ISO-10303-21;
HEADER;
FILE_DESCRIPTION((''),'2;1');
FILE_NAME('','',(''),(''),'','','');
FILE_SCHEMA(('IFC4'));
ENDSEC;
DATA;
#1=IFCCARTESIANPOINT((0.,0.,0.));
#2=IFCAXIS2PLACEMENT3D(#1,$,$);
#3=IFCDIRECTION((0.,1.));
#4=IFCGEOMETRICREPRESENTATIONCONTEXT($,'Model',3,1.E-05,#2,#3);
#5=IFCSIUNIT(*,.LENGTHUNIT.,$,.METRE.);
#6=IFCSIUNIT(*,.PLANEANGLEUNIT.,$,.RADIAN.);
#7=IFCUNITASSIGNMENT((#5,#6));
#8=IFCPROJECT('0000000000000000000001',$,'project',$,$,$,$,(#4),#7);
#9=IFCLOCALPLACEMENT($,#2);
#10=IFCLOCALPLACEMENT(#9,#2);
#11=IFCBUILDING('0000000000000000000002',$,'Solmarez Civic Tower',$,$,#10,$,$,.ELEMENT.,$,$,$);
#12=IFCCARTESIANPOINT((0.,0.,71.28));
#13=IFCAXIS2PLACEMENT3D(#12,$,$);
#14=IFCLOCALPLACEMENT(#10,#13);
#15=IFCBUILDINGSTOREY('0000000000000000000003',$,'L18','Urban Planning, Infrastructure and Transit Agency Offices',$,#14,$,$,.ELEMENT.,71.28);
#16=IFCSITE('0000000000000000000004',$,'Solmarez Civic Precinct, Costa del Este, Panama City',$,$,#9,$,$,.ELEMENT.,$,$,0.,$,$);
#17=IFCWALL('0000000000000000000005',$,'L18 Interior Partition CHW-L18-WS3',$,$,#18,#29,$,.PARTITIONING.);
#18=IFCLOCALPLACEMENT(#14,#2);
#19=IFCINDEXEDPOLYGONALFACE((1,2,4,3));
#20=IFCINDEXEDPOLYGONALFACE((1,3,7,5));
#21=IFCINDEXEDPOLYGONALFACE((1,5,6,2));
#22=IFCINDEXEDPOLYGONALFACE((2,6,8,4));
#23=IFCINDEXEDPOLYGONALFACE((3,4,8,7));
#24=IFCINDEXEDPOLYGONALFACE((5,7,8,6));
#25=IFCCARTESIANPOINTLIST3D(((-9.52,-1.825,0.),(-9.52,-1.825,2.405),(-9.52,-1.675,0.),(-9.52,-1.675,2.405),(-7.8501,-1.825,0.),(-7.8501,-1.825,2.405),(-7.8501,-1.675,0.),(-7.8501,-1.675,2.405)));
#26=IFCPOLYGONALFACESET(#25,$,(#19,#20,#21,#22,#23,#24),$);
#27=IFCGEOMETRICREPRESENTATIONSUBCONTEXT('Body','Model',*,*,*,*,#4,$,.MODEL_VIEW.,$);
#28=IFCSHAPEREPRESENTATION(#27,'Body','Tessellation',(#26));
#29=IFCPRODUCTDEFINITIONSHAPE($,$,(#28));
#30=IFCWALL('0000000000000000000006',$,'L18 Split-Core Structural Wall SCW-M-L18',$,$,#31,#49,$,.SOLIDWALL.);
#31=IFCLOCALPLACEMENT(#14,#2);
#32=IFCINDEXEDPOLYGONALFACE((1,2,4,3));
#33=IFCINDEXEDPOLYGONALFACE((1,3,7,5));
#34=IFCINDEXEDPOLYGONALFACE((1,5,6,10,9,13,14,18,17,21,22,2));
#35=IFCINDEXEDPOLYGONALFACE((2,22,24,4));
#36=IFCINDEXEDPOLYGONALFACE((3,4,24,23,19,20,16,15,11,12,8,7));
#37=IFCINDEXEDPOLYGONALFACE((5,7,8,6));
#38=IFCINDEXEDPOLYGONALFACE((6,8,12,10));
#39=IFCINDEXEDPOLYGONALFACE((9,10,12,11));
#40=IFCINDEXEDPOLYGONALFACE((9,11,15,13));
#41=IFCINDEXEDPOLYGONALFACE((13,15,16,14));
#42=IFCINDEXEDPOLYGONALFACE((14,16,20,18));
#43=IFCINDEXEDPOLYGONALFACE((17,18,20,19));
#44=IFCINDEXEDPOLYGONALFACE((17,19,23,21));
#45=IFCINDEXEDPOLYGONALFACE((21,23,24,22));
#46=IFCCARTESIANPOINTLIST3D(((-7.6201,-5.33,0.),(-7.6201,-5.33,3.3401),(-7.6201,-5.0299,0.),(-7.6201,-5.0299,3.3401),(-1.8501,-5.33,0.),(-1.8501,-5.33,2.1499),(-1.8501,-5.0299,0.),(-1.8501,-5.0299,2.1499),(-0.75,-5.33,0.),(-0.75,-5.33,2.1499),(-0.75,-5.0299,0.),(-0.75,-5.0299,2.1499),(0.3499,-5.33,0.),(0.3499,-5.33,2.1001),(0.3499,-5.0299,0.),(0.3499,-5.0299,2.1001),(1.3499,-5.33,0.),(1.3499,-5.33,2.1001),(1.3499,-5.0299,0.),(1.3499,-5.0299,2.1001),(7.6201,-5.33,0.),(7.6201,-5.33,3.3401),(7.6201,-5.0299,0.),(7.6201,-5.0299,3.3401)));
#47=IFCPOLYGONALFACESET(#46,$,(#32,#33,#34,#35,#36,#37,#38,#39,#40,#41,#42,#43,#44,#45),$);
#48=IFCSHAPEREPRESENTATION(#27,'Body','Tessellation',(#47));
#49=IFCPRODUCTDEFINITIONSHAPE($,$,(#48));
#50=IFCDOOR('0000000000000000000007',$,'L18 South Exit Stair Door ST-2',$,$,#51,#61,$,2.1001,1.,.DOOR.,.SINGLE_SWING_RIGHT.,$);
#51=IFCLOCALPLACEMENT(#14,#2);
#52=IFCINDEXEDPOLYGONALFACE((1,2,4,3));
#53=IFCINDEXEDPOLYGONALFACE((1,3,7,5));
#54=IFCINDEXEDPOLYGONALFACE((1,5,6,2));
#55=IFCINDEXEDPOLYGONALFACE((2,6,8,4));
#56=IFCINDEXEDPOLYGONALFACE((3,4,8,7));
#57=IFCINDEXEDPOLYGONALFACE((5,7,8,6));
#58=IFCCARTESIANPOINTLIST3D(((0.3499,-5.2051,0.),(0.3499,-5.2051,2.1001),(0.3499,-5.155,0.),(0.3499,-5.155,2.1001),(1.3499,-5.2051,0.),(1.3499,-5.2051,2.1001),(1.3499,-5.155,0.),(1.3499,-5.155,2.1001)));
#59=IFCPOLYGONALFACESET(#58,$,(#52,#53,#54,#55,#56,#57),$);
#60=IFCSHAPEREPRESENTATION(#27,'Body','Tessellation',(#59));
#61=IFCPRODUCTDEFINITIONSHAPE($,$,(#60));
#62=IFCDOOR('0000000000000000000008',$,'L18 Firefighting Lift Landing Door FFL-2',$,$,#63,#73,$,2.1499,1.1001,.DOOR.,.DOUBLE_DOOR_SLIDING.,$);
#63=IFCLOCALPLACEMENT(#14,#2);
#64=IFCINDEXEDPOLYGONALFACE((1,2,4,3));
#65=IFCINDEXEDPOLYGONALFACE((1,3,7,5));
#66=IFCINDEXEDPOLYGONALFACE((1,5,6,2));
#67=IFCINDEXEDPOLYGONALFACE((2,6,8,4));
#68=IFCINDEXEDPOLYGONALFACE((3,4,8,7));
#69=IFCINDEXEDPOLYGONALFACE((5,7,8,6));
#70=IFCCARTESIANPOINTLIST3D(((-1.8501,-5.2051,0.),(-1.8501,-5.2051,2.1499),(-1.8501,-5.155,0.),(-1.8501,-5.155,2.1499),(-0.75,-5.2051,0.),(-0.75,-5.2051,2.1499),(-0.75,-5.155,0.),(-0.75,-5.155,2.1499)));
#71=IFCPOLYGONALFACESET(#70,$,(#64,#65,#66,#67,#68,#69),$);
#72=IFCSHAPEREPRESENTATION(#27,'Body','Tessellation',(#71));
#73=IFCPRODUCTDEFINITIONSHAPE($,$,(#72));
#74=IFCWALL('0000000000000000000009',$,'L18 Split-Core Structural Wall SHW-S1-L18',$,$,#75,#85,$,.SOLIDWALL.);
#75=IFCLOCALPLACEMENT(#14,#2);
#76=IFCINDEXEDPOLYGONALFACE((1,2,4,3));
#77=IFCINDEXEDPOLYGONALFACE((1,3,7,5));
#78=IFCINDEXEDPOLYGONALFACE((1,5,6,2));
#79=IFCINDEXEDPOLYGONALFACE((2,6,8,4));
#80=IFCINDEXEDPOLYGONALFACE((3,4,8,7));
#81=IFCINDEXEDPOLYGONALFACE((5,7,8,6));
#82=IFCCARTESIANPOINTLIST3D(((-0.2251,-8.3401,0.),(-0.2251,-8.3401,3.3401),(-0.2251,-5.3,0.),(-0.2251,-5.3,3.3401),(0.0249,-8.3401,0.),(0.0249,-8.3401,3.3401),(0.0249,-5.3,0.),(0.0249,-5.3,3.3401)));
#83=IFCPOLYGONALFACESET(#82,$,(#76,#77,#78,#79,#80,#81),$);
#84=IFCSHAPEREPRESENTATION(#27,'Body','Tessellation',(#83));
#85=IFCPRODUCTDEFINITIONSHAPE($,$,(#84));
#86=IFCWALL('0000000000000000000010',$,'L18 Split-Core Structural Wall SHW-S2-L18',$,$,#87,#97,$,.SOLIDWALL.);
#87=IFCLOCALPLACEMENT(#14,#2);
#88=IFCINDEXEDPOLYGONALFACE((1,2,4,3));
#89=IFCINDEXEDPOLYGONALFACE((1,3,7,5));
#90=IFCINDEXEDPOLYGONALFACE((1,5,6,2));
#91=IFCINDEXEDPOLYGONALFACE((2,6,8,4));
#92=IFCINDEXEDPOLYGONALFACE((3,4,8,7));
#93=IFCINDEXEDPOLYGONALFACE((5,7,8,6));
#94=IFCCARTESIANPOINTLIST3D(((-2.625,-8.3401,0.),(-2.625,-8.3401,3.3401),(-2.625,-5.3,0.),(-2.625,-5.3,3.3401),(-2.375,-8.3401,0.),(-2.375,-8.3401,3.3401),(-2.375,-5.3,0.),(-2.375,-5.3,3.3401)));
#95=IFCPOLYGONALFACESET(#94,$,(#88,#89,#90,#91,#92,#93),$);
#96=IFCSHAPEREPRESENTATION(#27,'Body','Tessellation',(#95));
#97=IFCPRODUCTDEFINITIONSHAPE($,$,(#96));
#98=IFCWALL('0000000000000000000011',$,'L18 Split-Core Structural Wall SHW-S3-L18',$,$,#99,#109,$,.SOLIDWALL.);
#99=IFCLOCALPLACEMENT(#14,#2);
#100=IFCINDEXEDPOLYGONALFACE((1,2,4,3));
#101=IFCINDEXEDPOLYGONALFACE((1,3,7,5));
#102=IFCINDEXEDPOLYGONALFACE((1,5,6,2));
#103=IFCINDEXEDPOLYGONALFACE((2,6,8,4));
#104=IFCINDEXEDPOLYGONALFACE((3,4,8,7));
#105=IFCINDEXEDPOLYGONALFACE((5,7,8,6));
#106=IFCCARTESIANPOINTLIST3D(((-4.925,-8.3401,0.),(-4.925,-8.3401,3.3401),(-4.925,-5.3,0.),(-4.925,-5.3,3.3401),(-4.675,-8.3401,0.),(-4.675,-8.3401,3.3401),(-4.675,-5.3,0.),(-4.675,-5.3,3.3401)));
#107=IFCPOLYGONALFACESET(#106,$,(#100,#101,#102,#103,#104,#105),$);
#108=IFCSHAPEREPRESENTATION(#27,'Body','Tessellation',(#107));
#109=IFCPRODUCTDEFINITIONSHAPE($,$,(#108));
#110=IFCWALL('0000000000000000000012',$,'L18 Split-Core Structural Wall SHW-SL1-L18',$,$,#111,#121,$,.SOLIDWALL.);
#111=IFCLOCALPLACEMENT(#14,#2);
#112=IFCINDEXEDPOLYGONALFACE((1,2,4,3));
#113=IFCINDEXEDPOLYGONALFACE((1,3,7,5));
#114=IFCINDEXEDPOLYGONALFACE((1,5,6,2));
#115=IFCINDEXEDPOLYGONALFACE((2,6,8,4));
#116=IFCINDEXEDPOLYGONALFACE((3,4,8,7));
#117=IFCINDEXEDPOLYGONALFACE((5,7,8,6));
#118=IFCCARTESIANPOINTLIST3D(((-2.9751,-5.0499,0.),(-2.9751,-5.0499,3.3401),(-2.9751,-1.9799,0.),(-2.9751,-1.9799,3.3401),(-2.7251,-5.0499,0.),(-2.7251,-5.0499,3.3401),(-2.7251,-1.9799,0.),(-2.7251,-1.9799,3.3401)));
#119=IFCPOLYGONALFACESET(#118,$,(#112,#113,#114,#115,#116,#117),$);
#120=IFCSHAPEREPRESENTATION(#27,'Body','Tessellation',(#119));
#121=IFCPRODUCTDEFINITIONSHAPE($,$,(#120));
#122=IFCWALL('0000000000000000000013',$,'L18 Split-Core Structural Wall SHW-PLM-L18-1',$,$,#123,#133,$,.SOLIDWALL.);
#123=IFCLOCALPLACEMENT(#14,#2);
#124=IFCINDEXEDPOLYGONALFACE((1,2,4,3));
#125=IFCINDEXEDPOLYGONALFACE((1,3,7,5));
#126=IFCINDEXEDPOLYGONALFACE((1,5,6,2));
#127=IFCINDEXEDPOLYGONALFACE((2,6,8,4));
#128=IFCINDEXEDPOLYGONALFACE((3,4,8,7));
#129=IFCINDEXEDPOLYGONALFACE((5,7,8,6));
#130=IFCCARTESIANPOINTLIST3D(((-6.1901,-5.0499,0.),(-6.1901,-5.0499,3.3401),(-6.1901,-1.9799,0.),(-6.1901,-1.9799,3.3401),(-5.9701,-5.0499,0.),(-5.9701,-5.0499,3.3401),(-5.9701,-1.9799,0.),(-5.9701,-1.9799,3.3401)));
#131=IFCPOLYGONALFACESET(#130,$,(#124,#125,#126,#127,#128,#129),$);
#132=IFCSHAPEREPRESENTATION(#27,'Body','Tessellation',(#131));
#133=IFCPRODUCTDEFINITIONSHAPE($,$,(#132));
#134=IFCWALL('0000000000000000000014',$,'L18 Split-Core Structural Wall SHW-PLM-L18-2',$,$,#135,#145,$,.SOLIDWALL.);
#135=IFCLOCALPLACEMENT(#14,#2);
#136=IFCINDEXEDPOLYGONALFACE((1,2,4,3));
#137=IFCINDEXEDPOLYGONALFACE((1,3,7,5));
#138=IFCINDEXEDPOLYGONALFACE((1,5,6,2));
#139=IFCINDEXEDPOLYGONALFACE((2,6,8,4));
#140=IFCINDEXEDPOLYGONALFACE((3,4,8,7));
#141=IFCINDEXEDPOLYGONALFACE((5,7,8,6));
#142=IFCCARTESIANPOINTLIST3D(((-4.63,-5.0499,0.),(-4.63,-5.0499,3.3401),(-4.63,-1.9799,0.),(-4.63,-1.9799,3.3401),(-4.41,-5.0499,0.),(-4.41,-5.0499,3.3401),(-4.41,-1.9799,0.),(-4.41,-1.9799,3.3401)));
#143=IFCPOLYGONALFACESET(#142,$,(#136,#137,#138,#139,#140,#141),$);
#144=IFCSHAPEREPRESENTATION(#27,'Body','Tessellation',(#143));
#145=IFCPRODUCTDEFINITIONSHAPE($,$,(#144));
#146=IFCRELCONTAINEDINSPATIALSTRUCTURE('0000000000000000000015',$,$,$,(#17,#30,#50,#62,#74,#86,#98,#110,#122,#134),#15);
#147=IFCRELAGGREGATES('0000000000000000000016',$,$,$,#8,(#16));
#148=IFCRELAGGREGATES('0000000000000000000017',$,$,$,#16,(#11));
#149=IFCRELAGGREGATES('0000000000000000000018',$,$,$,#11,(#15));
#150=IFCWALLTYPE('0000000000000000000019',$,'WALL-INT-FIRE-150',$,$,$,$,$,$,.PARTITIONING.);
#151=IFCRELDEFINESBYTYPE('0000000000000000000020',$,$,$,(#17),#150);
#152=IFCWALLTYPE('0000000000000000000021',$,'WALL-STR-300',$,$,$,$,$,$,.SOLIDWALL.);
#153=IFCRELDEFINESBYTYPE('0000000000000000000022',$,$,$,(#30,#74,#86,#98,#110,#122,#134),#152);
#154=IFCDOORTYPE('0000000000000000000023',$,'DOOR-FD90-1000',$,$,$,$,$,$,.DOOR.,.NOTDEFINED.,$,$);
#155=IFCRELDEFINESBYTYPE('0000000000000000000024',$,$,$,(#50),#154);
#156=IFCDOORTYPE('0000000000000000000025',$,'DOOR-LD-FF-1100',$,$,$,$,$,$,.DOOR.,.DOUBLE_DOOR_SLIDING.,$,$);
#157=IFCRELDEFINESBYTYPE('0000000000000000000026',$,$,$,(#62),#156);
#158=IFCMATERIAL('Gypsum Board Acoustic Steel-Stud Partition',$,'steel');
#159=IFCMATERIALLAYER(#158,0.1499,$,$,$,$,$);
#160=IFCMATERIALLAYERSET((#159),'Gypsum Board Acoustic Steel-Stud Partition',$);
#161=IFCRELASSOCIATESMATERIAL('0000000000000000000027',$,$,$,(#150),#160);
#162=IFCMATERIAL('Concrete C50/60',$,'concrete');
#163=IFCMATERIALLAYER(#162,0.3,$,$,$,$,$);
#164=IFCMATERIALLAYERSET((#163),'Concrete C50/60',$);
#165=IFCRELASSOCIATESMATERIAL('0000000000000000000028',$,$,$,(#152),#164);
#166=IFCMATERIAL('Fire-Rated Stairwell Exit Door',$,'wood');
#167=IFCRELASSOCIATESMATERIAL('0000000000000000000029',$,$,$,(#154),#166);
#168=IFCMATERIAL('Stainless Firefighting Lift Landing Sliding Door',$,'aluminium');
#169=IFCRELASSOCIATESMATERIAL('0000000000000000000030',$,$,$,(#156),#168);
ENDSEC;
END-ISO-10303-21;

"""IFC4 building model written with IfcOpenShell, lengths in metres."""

from ifc_helpers import new_model, si_unit, direction, frame, frame_2d, origin, place, context, subcontext, project, spatial, rectangle, extrude, material, layer, layer_set, type_object, element, fill, save


model = new_model("IFC4")

# Units and contexts
model_context = context("Model", 3, precision=1e-05, world=origin(), true_north=direction((0.0, 1.0)))
body_context = subcontext(model_context, "Body", "Model", "MODEL_VIEW")
ifc_project = project(units=[si_unit("LENGTHUNIT", "METRE"), si_unit("PLANEANGLEUNIT", "RADIAN")], contexts=[model_context])

# Site, building, storey
site_placement = place(None, origin())
site = spatial("IfcSite", under=ifc_project, at=site_placement, Name="Solmarez Civic Precinct, Costa del Este, Panama City", CompositionType="ELEMENT", RefElevation=0.0)
building_placement = place(site_placement, origin())
building = spatial("IfcBuilding", under=site, at=building_placement, Name="Solmarez Civic Tower", CompositionType="ELEMENT")
storey_placement = place(building_placement, frame((0.0, 0.0, 71.28)))
storey = spatial("IfcBuildingStorey", under=building, at=storey_placement, Name="L18", Description="Urban Planning, Infrastructure and Transit Agency Offices", CompositionType="ELEMENT", Elevation=71.28)

# Shared definitions
ifc_material_1 = material(Name="Concrete C50/60", Category="concrete")

# Wall
ifc_material_2 = material(Name="Gypsum Board Acoustic Steel-Stud Partition", Category="steel")
ifc_layer_1 = layer(ifc_material_2, 0.1499)
ifc_layer_set_1 = layer_set([ifc_layer_1], Name="Gypsum Board Acoustic Steel-Stud Partition")
wall_type_1 = type_object("IfcWallType", Name="WALL-INT-FIRE-150", PredefinedType="PARTITIONING", material=ifc_layer_set_1)
wall_1_placement = place(storey_placement, frame((-7.8501, -1.75, 0.0), z_axis=(0.0, 0.0, 1.0), x_axis=(-1.0, 0.0, 0.0)))
element("IfcWall", 1, at=wall_1_placement, inside=storey, type_object=wall_type_1, Name="L18 Interior Partition CHW-L18-WS3", PredefinedType="PARTITIONING", context=body_context, shape_type="SweptSolid", body=[
    extrude(rectangle(XDim=1.6699, YDim=0.1499, at=frame_2d((0.835, 0.0))), origin(), (0.0, 0.0, 1.0), 2.405),
])

# Wall, openings, doors
ifc_layer_2 = layer(ifc_material_1, 0.3)
ifc_layer_set_2 = layer_set([ifc_layer_2], Name="Concrete C50/60")
wall_type_2 = type_object("IfcWallType", Name="WALL-STR-300", PredefinedType="SOLIDWALL", material=ifc_layer_set_2)
wall_2_placement = place(storey_placement, frame((-7.6201, -5.1799, 0.0), z_axis=(0.0, 0.0, 1.0), x_axis=(1.0, 0.0, 0.0)))
wall_2 = element("IfcWall", 2, at=wall_2_placement, inside=storey, type_object=wall_type_2, Name="L18 Split-Core Structural Wall SCW-M-L18", PredefinedType="SOLIDWALL", context=body_context, shape_type="SweptSolid", body=[
    extrude(rectangle(XDim=15.2402, YDim=0.3, at=frame_2d((7.6201, 0.0))), origin(), (0.0, 0.0, 1.0), 3.3401),
])
opening_1_placement = place(wall_2_placement, frame((5.77, 0.0, 0.0)))
opening_1 = element("IfcOpeningElement", 3, at=opening_1_placement, cuts=wall_2, PredefinedType="OPENING", context=body_context, shape_type="SweptSolid", body=[
    extrude(rectangle(XDim=1.1001, YDim=2.1499, at=frame_2d((0.55, 1.075))), frame((0.0, 0.1599, 0.0), z_axis=(0.0, -1.0, 0.0), x_axis=(1.0, 0.0, 0.0)), (0.0, 0.0, 1.0), 0.3201),
])
opening_2_placement = place(wall_2_placement, frame((7.97, 0.0, 0.0)))
opening_2 = element("IfcOpeningElement", 4, at=opening_2_placement, cuts=wall_2, PredefinedType="OPENING", context=body_context, shape_type="SweptSolid", body=[
    extrude(rectangle(XDim=1.0, YDim=2.1001, at=frame_2d((0.5, 1.05))), frame((0.0, 0.1599, 0.0), z_axis=(0.0, -1.0, 0.0), x_axis=(1.0, 0.0, 0.0)), (0.0, 0.0, 1.0), 0.3201),
])
ifc_material_3 = material(Name="Fire-Rated Stairwell Exit Door", Category="wood")
door_type_1 = type_object("IfcDoorType", Name="DOOR-FD90-1000", OperationType="NOTDEFINED", PredefinedType="DOOR", material=ifc_material_3)
door_1_placement = place(opening_2_placement, origin())
door_1 = element("IfcDoor", 5, at=door_1_placement, inside=storey, type_object=door_type_1, Name="L18 South Exit Stair Door ST-2", OperationType="SINGLE_SWING_RIGHT", OverallHeight=2.1001, OverallWidth=1.0, PredefinedType="DOOR", context=body_context, shape_type="SweptSolid", body=[
    extrude(rectangle(XDim=1.0, YDim=2.1001, at=frame_2d((0.5, 1.05))), frame((0.0, 0.0249, 0.0), z_axis=(0.0, -1.0, 0.0), x_axis=(1.0, 0.0, 0.0)), (0.0, 0.0, 1.0), 0.05),
])
fill(opening_2, door_1)
ifc_material_4 = material(Name="Stainless Firefighting Lift Landing Sliding Door", Category="aluminium")
door_type_2 = type_object("IfcDoorType", Name="DOOR-LD-FF-1100", OperationType="DOUBLE_DOOR_SLIDING", PredefinedType="DOOR", material=ifc_material_4)
door_2_placement = place(opening_1_placement, origin())
door_2 = element("IfcDoor", 6, at=door_2_placement, inside=storey, type_object=door_type_2, Name="L18 Firefighting Lift Landing Door FFL-2", OperationType="DOUBLE_DOOR_SLIDING", OverallHeight=2.1499, OverallWidth=1.1001, PredefinedType="DOOR", context=body_context, shape_type="SweptSolid", body=[
    extrude(rectangle(XDim=1.1001, YDim=2.1499, at=frame_2d((0.55, 1.075))), frame((0.0, 0.0249, 0.0), z_axis=(0.0, -1.0, 0.0), x_axis=(1.0, 0.0, 0.0)), (0.0, 0.0, 1.0), 0.05),
])
fill(opening_1, door_2)

# Walls
for number, where, z_axis, x_axis, name in (
    (7, (-0.1001, -8.3401, 0.0), (0.0, 0.0, 1.0), (0.0, 1.0, 0.0), "L18 Split-Core Structural Wall SHW-S1-L18"),
    (8, (-2.5, -8.3401, 0.0), (0.0, 0.0, 1.0), (0.0, 1.0, 0.0), "L18 Split-Core Structural Wall SHW-S2-L18"),
    (9, (-4.8, -8.3401, 0.0), (0.0, 0.0, 1.0), (0.0, 1.0, 0.0), "L18 Split-Core Structural Wall SHW-S3-L18"),
):
    element("IfcWall", number, at=place(storey_placement, frame(where, z_axis=z_axis, x_axis=x_axis)), inside=storey, type_object=wall_type_2, Name=name, PredefinedType="SOLIDWALL", context=body_context, shape_type="SweptSolid", body=[
        extrude(rectangle(XDim=3.04, YDim=0.25, at=frame_2d((1.52, 0.0))), origin(), (0.0, 0.0, 1.0), 3.3401),
    ])
wall_3_placement = place(storey_placement, frame((-2.8501, -5.05, 0.0), z_axis=(0.0, 0.0, 1.0), x_axis=(0.0, 1.0, 0.0)))
element("IfcWall", 10, at=wall_3_placement, inside=storey, type_object=wall_type_2, Name="L18 Split-Core Structural Wall SHW-SL1-L18", PredefinedType="SOLIDWALL", context=body_context, shape_type="SweptSolid", body=[
    extrude(rectangle(XDim=3.0701, YDim=0.25, at=frame_2d((1.5352, 0.0))), origin(), (0.0, 0.0, 1.0), 3.3401),
])
for number, where, z_axis, x_axis, name in (
    (11, (-6.0801, -5.05, 0.0), (0.0, 0.0, 1.0), (0.0, 1.0, 0.0), "L18 Split-Core Structural Wall SHW-PLM-L18-1"),
    (12, (-4.52, -5.05, 0.0), (0.0, 0.0, 1.0), (0.0, 1.0, 0.0), "L18 Split-Core Structural Wall SHW-PLM-L18-2"),
):
    element("IfcWall", number, at=place(storey_placement, frame(where, z_axis=z_axis, x_axis=x_axis)), inside=storey, type_object=wall_type_2, Name=name, PredefinedType="SOLIDWALL", context=body_context, shape_type="SweptSolid", body=[
        extrude(rectangle(XDim=3.0701, YDim=0.22, at=frame_2d((1.5352, 0.0))), origin(), (0.0, 0.0, 1.0), 3.3401),
    ])

save(model, "model.ifc")
